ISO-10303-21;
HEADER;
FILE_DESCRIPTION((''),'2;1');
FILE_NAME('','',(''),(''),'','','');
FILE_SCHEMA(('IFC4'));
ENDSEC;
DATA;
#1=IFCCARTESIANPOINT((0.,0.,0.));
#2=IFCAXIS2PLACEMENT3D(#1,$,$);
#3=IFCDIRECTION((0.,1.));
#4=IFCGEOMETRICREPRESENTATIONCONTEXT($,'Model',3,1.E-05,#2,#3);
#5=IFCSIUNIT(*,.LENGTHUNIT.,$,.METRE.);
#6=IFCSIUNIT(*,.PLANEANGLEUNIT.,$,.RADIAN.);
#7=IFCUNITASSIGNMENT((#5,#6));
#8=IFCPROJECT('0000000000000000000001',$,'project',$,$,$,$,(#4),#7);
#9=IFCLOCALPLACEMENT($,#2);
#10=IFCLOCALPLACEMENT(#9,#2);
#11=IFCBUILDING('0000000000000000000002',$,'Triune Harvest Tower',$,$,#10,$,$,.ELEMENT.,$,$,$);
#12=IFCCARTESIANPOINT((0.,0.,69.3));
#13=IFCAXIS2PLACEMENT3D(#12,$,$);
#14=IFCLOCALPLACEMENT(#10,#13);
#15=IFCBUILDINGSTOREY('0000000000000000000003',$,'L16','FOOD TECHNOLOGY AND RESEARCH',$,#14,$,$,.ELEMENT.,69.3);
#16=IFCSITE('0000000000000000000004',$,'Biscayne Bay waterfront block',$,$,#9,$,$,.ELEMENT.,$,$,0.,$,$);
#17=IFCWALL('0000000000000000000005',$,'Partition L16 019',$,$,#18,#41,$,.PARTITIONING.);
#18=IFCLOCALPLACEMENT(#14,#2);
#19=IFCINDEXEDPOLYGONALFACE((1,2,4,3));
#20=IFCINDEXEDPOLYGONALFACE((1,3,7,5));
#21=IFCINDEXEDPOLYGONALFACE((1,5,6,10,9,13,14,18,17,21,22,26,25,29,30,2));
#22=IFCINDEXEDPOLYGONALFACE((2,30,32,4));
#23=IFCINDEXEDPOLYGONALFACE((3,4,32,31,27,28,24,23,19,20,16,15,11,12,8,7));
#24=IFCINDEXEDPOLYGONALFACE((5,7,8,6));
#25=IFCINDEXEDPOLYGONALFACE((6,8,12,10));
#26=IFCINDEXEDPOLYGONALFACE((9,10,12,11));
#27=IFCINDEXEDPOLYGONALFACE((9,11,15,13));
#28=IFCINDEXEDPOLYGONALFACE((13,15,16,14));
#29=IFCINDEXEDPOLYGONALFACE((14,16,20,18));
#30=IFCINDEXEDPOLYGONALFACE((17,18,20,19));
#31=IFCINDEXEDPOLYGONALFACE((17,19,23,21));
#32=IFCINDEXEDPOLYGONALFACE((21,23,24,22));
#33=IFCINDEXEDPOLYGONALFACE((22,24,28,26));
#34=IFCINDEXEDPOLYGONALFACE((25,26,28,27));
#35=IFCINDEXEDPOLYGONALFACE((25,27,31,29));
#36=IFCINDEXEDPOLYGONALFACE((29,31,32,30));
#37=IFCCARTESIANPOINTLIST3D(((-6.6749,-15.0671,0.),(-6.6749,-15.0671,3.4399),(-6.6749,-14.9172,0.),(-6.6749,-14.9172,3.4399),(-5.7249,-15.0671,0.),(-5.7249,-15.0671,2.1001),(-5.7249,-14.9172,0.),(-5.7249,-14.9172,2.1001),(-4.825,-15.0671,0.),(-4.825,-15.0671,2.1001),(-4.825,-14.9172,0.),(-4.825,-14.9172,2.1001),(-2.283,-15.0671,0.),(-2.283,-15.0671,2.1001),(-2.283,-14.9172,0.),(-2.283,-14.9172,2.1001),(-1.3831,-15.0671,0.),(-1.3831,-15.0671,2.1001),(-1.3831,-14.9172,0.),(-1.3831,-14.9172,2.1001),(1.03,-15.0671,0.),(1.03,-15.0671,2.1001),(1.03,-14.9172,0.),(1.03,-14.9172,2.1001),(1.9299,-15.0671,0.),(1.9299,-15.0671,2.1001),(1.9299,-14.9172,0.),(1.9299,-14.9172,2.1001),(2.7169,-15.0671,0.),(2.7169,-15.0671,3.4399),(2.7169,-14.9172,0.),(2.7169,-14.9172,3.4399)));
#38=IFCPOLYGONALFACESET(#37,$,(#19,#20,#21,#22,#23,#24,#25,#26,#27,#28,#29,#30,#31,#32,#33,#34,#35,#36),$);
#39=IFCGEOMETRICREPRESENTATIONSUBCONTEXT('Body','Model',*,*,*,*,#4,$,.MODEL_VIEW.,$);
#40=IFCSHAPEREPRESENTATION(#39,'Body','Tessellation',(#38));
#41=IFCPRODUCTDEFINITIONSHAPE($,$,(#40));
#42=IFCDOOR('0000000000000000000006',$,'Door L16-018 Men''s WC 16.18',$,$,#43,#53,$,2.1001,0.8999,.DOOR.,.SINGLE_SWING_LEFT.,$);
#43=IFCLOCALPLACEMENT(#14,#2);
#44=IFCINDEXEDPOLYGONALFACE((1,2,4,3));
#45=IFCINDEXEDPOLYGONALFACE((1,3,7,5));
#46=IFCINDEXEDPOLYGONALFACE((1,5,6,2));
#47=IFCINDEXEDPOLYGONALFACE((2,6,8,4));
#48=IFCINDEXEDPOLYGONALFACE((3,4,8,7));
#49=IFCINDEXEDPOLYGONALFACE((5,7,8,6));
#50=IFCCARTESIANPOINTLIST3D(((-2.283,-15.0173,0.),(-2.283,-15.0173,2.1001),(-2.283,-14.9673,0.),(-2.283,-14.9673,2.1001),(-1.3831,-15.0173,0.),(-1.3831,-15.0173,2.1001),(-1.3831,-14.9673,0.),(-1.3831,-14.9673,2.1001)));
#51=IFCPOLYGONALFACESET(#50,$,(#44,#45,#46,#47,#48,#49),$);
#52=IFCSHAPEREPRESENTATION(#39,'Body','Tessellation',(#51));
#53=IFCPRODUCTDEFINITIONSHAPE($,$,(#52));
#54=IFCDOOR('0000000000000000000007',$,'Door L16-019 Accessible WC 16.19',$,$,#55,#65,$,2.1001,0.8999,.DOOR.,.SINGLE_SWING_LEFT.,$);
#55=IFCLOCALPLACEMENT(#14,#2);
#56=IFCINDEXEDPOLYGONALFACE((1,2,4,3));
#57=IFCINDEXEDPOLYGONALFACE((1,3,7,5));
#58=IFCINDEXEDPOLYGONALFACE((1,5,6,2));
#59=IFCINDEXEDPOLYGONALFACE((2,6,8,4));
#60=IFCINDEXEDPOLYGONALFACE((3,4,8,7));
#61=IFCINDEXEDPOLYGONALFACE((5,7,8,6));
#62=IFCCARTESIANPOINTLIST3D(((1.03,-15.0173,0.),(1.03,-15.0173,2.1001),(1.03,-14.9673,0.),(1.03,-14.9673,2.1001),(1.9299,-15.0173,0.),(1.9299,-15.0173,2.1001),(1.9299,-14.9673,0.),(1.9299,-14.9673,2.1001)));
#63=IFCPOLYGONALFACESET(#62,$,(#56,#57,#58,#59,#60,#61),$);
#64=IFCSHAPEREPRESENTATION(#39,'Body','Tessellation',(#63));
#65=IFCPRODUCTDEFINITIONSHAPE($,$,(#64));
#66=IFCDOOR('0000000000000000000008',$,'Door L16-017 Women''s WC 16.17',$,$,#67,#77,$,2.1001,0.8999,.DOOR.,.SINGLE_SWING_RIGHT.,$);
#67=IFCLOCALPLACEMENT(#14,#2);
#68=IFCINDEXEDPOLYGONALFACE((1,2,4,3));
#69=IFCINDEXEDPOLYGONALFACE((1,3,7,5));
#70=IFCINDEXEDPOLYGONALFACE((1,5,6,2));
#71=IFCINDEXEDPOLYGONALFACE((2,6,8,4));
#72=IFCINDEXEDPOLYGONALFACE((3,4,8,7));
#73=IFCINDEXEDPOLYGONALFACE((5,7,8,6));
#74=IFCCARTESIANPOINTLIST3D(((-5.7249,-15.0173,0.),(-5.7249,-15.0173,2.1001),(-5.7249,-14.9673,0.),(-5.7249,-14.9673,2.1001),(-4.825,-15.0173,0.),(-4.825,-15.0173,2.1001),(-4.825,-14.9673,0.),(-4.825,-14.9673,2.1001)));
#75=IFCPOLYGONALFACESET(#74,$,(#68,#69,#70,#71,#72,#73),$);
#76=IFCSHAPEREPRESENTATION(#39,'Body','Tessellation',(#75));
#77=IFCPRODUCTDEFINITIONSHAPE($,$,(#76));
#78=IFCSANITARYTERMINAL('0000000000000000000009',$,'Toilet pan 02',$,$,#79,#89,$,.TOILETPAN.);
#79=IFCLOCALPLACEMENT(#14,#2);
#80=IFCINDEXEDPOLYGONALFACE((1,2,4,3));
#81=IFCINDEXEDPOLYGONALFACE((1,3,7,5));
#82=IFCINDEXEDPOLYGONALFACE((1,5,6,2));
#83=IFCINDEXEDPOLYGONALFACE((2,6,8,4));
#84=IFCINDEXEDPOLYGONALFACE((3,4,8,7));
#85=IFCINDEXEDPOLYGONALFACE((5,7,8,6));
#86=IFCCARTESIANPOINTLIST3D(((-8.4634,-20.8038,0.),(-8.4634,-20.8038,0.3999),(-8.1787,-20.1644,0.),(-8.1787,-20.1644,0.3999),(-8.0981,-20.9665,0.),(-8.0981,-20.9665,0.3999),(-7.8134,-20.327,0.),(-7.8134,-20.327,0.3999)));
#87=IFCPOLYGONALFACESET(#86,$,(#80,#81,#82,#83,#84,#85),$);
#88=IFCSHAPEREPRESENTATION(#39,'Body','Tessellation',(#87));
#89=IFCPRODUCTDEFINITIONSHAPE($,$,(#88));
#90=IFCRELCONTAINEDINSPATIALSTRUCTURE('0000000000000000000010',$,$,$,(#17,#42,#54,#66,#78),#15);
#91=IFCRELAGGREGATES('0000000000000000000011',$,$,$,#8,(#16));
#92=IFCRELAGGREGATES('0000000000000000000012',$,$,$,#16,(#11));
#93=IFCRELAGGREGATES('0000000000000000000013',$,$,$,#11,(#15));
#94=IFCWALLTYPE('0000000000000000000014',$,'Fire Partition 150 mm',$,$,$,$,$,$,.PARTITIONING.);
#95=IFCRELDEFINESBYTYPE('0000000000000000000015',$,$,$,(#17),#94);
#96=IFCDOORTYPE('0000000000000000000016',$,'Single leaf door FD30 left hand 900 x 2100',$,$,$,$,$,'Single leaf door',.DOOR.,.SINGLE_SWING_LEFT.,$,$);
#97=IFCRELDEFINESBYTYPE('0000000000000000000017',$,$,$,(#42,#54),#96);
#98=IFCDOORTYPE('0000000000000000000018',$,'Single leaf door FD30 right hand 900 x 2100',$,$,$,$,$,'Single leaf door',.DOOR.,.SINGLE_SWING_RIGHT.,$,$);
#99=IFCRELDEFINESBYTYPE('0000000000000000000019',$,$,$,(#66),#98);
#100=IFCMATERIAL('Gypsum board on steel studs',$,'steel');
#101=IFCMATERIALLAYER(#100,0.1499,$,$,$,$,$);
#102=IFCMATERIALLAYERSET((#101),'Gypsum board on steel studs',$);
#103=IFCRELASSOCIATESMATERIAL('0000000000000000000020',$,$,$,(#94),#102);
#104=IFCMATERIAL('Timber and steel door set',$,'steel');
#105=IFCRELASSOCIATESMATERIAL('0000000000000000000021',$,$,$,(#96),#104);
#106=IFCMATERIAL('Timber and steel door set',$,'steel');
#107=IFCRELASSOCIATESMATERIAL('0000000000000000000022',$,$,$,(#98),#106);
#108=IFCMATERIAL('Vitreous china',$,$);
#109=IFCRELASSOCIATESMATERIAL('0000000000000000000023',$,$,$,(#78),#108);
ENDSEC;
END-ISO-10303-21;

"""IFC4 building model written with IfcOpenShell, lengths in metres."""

from ifc_helpers import new_model, si_unit, direction, frame, frame_2d, origin, origin_2d, place, context, subcontext, project, spatial, rectangle, extrude, source, transform, mapped, material, layer, layer_set, type_object, element, fill, save


model = new_model("IFC4")

# Units and contexts
model_context = context("Model", 3, precision=1e-05, world=origin(), true_north=direction((0.0, 1.0)))
body_context = subcontext(model_context, "Body", "Model", "MODEL_VIEW")
ifc_project = project(units=[si_unit("LENGTHUNIT", "METRE"), si_unit("PLANEANGLEUNIT", "RADIAN")], contexts=[model_context])

# Site, building, storey
site_placement = place(None, origin())
site = spatial("IfcSite", under=ifc_project, at=site_placement, Name="Biscayne Bay waterfront block", CompositionType="ELEMENT", RefElevation=0.0)
building_placement = place(site_placement, origin())
building = spatial("IfcBuilding", under=site, at=building_placement, Name="Triune Harvest Tower", CompositionType="ELEMENT")
storey_placement = place(building_placement, frame((0.0, 0.0, 69.3)))
storey = spatial("IfcBuildingStorey", under=building, at=storey_placement, Name="L16", Description="FOOD TECHNOLOGY AND RESEARCH", CompositionType="ELEMENT", Elevation=69.3)

# Shared definitions
ifc_material_1 = material(Name="Gypsum board on steel studs", Category="steel")
ifc_layer_1 = layer(ifc_material_1, 0.1499)
ifc_layer_set_1 = layer_set([ifc_layer_1], Name="Gypsum board on steel studs")
wall_type_1 = type_object("IfcWallType", Name="Fire Partition 150 mm", PredefinedType="PARTITIONING", material=ifc_layer_set_1)

# Wall, openings, doors
shared_shape_1 = source(origin(), body_context, "Body", "SweptSolid", [
    extrude(rectangle(XDim=9.3918, YDim=0.1499, at=frame_2d((4.6958, 0.0))), origin(), (0.0, 0.0, 1.0), 3.4399),
])
wall_1_placement = place(storey_placement, frame((-6.6748, -14.9922, 0.0), z_axis=(0.0, 0.0, 1.0), x_axis=(1.0, 0.0, 0.0)))
wall_1 = element("IfcWall", 1, at=wall_1_placement, inside=storey, type_object=wall_type_1, Name="Partition L16 019", PredefinedType="PARTITIONING", context=body_context, shape_type="MappedRepresentation", body=[
    mapped(shared_shape_1, transform((0.0, 0.0, 0.0), scale=1.0)),
])
opening_1_placement = place(wall_1_placement, frame((0.95, 0.0, 0.0)))
opening_1 = element("IfcOpeningElement", 2, at=opening_1_placement, cuts=wall_1, PredefinedType="OPENING", context=body_context, shape_type="SweptSolid", body=[
    extrude(rectangle(XDim=0.8999, YDim=2.1001, at=frame_2d((0.45, 1.05))), frame((0.0, 0.085, 0.0), z_axis=(0.0, -1.0, 0.0), x_axis=(1.0, 0.0, 0.0)), (0.0, 0.0, 1.0), 0.1699),
])
opening_2_placement = place(wall_1_placement, frame((4.3918, 0.0, 0.0)))
opening_2 = element("IfcOpeningElement", 3, at=opening_2_placement, cuts=wall_1, PredefinedType="OPENING", context=body_context, shape_type="SweptSolid", body=[
    extrude(rectangle(XDim=0.8999, YDim=2.1001, at=frame_2d((0.45, 1.05))), frame((0.0, 0.085, 0.0), z_axis=(0.0, -1.0, 0.0), x_axis=(1.0, 0.0, 0.0)), (0.0, 0.0, 1.0), 0.1699),
])
opening_3_placement = place(wall_1_placement, frame((7.7048, 0.0, 0.0)))
opening_3 = element("IfcOpeningElement", 4, at=opening_3_placement, cuts=wall_1, PredefinedType="OPENING", context=body_context, shape_type="SweptSolid", body=[
    extrude(rectangle(XDim=0.8999, YDim=2.1001, at=frame_2d((0.45, 1.05))), frame((0.0, 0.085, 0.0), z_axis=(0.0, -1.0, 0.0), x_axis=(1.0, 0.0, 0.0)), (0.0, 0.0, 1.0), 0.1699),
])
ifc_material_2 = material(Name="Timber and steel door set", Category="steel")
door_type_1 = type_object("IfcDoorType", Name="Single leaf door FD30 left hand 900 x 2100", ElementType="Single leaf door", OperationType="SINGLE_SWING_LEFT", PredefinedType="DOOR", material=ifc_material_2)
door_1_placement = place(opening_2_placement, origin())
door_1 = element("IfcDoor", 5, at=door_1_placement, inside=storey, type_object=door_type_1, Name="Door L16-018 Men's WC 16.18", OperationType="SINGLE_SWING_LEFT", OverallHeight=2.1001, OverallWidth=0.8999, PredefinedType="DOOR", context=body_context, shape_type="SweptSolid", body=[
    extrude(rectangle(XDim=0.8999, YDim=2.1001, at=frame_2d((0.45, 1.05))), frame((0.0, 0.0249, 0.0), z_axis=(0.0, -1.0, 0.0), x_axis=(1.0, 0.0, 0.0)), (0.0, 0.0, 1.0), 0.05),
])
fill(opening_2, door_1)
door_2_placement = place(opening_3_placement, origin())
door_2 = element("IfcDoor", 6, at=door_2_placement, inside=storey, type_object=door_type_1, Name="Door L16-019 Accessible WC 16.19", OperationType="SINGLE_SWING_LEFT", OverallHeight=2.1001, OverallWidth=0.8999, PredefinedType="DOOR", context=body_context, shape_type="SweptSolid", body=[
    extrude(rectangle(XDim=0.8999, YDim=2.1001, at=frame_2d((0.45, 1.05))), frame((0.0, 0.0249, 0.0), z_axis=(0.0, -1.0, 0.0), x_axis=(1.0, 0.0, 0.0)), (0.0, 0.0, 1.0), 0.05),
])
fill(opening_3, door_2)
ifc_material_3 = material(Name="Timber and steel door set", Category="steel")
door_type_2 = type_object("IfcDoorType", Name="Single leaf door FD30 right hand 900 x 2100", ElementType="Single leaf door", OperationType="SINGLE_SWING_RIGHT", PredefinedType="DOOR", material=ifc_material_3)
door_3_placement = place(opening_1_placement, origin())
door_3 = element("IfcDoor", 7, at=door_3_placement, inside=storey, type_object=door_type_2, Name="Door L16-017 Women's WC 16.17", OperationType="SINGLE_SWING_RIGHT", OverallHeight=2.1001, OverallWidth=0.8999, PredefinedType="DOOR", context=body_context, shape_type="SweptSolid", body=[
    extrude(rectangle(XDim=0.8999, YDim=2.1001, at=frame_2d((0.45, 1.05))), frame((0.0, 0.0249, 0.0), z_axis=(0.0, -1.0, 0.0), x_axis=(1.0, 0.0, 0.0)), (0.0, 0.0, 1.0), 0.05),
])
fill(opening_1, door_3)

# Sanitary terminal
ifc_material_4 = material(Name="Vitreous china")
shared_shape_2 = source(origin(), body_context, "Body", "SweptSolid", [
    extrude(rectangle(XDim=0.3999, YDim=0.7, at=origin_2d()), origin(), (0.0, 0.0, 1.0), 0.3999),
])
sanitary_terminal_placement = place(storey_placement, frame((-8.1384, -20.5654, 0.0), z_axis=(0.0, 0.0, 1.0), x_axis=(-0.913538, 0.406753, 0.0)))
element("IfcSanitaryTerminal", 8, at=sanitary_terminal_placement, inside=storey, material=ifc_material_4, Name="Toilet pan 02", PredefinedType="TOILETPAN", context=body_context, shape_type="MappedRepresentation", body=[
    mapped(shared_shape_2, transform((0.0, 0.0, 0.0), scale=1.0)),
])

save(model, "model.ifc")
